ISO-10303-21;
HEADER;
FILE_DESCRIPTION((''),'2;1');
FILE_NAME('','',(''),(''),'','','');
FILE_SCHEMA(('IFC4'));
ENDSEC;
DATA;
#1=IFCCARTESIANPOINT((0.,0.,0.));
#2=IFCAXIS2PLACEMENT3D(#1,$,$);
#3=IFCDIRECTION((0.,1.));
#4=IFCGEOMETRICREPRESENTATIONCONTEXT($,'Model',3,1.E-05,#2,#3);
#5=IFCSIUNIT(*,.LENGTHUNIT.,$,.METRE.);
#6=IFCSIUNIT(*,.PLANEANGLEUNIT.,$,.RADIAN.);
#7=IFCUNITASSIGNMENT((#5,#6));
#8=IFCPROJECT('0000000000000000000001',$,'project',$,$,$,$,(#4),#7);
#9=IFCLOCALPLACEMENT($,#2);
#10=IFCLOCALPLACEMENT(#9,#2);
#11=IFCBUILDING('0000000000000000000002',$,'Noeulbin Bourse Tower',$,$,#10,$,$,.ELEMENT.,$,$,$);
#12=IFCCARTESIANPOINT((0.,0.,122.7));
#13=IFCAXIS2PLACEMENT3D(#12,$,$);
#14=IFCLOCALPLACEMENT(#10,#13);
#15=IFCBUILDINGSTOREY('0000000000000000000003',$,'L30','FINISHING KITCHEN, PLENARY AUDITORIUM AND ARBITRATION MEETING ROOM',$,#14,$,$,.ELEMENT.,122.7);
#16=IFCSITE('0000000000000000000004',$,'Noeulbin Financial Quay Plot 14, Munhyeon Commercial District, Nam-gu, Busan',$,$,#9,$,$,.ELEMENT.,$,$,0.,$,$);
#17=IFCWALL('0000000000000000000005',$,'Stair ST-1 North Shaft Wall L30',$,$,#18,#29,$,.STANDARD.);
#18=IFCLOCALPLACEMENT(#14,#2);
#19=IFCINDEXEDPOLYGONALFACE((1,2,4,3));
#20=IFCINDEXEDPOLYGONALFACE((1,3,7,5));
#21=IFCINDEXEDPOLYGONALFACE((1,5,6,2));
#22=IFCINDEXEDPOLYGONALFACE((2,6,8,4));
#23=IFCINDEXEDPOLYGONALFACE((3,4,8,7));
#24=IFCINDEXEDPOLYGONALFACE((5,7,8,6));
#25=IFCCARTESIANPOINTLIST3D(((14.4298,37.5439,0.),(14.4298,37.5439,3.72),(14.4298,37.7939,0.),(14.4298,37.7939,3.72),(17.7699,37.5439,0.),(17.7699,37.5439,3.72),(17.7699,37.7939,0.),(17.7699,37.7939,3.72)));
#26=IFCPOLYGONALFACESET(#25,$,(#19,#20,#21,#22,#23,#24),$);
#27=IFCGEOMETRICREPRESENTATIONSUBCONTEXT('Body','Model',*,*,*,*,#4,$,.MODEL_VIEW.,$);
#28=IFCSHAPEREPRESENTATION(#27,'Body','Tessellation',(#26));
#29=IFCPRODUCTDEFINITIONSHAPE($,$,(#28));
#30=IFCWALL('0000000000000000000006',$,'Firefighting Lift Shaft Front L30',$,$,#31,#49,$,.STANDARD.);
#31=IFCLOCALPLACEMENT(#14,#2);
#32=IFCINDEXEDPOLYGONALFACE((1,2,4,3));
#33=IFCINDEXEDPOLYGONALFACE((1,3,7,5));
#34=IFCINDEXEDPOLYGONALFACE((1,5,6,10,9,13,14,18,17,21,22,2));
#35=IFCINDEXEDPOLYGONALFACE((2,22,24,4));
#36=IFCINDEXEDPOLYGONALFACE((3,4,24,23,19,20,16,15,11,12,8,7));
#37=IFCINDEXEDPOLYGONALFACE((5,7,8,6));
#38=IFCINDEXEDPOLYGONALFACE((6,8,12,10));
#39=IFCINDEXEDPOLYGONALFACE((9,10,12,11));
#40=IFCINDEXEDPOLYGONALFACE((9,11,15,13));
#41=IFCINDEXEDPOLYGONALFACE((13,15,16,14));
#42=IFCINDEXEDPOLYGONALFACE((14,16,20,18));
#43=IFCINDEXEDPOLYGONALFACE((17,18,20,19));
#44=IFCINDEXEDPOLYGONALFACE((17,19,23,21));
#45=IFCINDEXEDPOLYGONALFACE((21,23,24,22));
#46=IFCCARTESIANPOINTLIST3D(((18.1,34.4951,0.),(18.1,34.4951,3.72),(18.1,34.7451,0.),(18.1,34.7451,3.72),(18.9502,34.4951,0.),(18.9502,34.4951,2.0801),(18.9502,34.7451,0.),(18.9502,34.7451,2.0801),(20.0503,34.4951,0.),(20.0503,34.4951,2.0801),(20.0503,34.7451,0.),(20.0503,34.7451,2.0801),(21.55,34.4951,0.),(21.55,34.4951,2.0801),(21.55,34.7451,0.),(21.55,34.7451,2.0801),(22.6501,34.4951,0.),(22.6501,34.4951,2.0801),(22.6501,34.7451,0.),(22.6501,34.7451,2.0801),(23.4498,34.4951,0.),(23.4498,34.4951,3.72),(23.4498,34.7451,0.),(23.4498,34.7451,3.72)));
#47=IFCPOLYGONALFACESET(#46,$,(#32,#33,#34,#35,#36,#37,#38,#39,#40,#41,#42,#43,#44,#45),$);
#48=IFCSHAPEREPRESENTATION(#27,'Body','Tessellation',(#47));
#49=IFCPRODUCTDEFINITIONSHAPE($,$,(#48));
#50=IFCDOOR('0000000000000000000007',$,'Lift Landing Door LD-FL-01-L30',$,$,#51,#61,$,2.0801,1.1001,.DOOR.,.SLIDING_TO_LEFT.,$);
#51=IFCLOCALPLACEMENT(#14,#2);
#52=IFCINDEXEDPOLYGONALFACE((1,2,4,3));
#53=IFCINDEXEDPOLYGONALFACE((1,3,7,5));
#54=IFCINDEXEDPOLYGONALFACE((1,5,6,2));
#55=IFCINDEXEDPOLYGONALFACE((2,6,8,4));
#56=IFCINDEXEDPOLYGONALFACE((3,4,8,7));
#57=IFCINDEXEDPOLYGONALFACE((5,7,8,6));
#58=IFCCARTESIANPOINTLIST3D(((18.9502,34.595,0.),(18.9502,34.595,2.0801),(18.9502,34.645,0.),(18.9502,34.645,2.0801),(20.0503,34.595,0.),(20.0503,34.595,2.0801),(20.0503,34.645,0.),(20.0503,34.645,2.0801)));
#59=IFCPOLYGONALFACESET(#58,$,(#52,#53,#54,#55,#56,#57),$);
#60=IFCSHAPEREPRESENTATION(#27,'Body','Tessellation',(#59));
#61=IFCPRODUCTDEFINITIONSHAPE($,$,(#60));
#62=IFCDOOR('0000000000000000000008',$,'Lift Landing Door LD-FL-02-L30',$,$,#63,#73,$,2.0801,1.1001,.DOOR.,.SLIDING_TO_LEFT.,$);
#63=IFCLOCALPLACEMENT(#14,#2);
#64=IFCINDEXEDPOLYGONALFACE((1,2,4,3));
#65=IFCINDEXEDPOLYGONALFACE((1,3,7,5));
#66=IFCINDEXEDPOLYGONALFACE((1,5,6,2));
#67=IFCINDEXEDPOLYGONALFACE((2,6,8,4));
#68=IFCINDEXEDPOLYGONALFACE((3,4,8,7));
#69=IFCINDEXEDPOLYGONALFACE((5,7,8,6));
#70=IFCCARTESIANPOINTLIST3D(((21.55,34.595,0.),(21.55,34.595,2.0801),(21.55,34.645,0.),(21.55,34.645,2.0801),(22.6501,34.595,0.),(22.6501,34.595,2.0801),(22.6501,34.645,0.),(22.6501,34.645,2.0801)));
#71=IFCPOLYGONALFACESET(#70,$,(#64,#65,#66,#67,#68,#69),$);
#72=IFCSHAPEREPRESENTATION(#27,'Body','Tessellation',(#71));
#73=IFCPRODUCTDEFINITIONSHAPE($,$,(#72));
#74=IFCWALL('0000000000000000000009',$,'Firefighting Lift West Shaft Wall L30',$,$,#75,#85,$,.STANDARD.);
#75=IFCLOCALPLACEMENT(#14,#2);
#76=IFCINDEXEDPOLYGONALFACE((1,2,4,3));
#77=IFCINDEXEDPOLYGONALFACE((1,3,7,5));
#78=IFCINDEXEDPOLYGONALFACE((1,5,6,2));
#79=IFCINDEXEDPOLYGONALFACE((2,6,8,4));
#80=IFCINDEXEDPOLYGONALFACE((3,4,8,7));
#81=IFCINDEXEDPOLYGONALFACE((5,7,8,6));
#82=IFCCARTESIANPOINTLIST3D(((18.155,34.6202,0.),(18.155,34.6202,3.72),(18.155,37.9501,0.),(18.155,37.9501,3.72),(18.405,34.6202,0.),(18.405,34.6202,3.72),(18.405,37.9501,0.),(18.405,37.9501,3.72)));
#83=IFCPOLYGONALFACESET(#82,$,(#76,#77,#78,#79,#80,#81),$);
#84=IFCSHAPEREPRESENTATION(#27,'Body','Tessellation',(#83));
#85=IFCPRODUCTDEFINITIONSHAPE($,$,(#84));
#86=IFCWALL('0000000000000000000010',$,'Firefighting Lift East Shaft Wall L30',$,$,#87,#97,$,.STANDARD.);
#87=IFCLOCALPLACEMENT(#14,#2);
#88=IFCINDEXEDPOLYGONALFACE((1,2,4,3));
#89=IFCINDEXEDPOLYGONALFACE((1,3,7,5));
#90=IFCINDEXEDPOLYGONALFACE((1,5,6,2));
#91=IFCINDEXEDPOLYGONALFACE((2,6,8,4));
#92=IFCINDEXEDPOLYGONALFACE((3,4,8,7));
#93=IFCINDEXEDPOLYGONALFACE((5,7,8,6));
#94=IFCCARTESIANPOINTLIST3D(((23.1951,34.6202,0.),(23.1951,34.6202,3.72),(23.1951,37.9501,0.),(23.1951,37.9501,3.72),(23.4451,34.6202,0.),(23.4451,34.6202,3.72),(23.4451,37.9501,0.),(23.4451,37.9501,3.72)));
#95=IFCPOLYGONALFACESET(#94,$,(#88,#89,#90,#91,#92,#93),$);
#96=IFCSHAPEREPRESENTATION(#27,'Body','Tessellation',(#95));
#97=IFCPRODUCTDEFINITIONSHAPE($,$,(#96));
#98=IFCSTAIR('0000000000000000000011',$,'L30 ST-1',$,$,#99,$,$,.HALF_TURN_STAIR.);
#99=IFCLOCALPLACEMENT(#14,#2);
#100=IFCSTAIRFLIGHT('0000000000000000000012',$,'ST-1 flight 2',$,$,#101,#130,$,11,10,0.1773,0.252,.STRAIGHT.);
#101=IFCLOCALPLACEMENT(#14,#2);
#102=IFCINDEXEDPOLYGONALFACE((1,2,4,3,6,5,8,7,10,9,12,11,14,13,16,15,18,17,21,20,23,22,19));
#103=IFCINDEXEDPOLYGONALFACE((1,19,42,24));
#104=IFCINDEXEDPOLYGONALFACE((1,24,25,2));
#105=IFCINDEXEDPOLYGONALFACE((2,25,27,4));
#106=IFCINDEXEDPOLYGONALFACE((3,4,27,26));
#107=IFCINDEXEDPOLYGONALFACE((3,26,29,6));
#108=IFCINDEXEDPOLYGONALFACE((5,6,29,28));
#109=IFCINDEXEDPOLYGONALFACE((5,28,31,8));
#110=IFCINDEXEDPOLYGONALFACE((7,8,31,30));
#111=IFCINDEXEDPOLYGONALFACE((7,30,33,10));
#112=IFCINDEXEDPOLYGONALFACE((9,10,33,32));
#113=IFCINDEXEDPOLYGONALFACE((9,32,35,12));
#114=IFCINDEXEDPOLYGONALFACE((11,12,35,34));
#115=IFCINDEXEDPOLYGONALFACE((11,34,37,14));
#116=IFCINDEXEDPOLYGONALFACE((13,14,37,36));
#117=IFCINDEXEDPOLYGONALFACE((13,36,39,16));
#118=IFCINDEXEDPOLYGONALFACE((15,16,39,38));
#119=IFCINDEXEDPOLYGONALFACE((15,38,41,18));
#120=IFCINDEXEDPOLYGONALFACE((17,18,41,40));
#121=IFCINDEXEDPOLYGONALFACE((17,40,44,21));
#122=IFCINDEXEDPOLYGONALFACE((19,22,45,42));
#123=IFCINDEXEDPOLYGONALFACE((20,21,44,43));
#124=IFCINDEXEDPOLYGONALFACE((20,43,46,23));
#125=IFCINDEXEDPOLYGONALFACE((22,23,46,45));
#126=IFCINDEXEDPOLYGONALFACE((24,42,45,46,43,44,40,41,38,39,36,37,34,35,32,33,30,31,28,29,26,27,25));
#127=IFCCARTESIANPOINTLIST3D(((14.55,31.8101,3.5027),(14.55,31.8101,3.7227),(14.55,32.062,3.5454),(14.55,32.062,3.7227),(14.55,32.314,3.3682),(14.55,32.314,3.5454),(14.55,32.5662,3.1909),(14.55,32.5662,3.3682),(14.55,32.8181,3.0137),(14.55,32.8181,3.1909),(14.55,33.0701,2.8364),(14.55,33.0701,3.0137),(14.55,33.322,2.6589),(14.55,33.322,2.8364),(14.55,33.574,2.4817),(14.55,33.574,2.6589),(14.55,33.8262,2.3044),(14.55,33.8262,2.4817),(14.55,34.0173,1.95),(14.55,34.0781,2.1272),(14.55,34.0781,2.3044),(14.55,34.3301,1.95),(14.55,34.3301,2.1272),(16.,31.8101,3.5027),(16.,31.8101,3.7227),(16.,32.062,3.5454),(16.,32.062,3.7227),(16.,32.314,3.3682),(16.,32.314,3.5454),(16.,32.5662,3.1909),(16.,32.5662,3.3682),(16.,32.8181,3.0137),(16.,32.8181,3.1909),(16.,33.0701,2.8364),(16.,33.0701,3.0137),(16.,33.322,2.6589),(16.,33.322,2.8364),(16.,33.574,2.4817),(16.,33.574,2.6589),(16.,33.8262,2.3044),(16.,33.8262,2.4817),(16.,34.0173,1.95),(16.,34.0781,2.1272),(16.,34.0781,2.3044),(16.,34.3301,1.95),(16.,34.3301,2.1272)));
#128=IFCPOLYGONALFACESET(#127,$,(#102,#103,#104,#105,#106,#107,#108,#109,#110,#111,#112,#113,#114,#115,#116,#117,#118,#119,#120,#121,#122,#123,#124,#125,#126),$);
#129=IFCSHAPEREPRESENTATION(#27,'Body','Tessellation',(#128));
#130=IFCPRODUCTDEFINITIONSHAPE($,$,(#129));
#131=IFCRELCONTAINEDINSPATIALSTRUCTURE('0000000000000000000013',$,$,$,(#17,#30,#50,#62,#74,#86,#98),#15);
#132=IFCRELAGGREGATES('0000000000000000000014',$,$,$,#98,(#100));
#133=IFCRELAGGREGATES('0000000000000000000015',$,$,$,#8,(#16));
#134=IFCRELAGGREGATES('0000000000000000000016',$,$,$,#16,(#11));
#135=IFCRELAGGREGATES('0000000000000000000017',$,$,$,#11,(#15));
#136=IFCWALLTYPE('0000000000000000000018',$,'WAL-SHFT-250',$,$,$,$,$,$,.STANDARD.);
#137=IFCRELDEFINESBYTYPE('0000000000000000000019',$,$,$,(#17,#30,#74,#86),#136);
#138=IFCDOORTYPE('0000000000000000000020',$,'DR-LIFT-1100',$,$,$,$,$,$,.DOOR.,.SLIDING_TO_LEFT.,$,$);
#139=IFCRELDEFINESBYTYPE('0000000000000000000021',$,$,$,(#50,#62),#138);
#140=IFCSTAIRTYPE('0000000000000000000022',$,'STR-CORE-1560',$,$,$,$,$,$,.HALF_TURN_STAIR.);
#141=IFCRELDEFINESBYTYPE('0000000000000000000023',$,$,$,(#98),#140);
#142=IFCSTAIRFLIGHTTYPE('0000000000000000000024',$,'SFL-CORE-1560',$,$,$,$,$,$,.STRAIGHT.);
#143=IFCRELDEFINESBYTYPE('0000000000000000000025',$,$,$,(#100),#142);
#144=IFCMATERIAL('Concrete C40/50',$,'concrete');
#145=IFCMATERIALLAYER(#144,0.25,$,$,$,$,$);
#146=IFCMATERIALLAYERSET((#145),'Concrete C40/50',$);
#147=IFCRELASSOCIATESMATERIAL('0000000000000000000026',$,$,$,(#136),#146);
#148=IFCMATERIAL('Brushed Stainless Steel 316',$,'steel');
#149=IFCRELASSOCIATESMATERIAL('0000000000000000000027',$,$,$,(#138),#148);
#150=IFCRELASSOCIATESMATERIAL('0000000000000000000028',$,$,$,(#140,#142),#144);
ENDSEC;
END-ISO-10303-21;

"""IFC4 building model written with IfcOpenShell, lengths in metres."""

from ifc_helpers import new_model, si_unit, direction, frame, frame_2d, origin, place, context, subcontext, project, spatial, polyline, rectangle, outline, extrude, material, layer, layer_set, type_object, element, fill, aggregate, save


model = new_model("IFC4")

# Units and contexts
model_context = context("Model", 3, precision=1e-05, world=origin(), true_north=direction((0.0, 1.0)))
body_context = subcontext(model_context, "Body", "Model", "MODEL_VIEW")
ifc_project = project(units=[si_unit("LENGTHUNIT", "METRE"), si_unit("PLANEANGLEUNIT", "RADIAN")], contexts=[model_context])

# Site, building, storey
site_placement = place(None, origin())
site = spatial("IfcSite", under=ifc_project, at=site_placement, Name="Noeulbin Financial Quay Plot 14, Munhyeon Commercial District, Nam-gu, Busan", CompositionType="ELEMENT", RefElevation=0.0)
building_placement = place(site_placement, origin())
building = spatial("IfcBuilding", under=site, at=building_placement, Name="Noeulbin Bourse Tower", CompositionType="ELEMENT")
storey_placement = place(building_placement, frame((0.0, 0.0, 122.7)))
storey = spatial("IfcBuildingStorey", under=building, at=storey_placement, Name="L30", Description="FINISHING KITCHEN, PLENARY AUDITORIUM AND ARBITRATION MEETING ROOM", CompositionType="ELEMENT", Elevation=122.7)

# Wall
ifc_material_1 = material(Name="Concrete C40/50", Category="concrete")
ifc_layer_1 = layer(ifc_material_1, 0.25)
ifc_layer_set_1 = layer_set([ifc_layer_1], Name="Concrete C40/50")
wall_type_1 = type_object("IfcWallType", Name="WAL-SHFT-250", PredefinedType="STANDARD", material=ifc_layer_set_1)
wall_1_placement = place(storey_placement, frame((14.4299, 37.6689, 0.0), z_axis=(0.0, 0.0, 1.0), x_axis=(1.0, 0.0, 0.0)))
element("IfcWall", 1, at=wall_1_placement, inside=storey, type_object=wall_type_1, Name="Stair ST-1 North Shaft Wall L30", PredefinedType="STANDARD", context=body_context, shape_type="SweptSolid", body=[
    extrude(rectangle(XDim=3.3401, YDim=0.25, at=frame_2d((1.6699, 0.0))), origin(), (0.0, 0.0, 1.0), 3.72),
])

# Wall, openings, doors
wall_2_placement = place(storey_placement, frame((18.1001, 34.6201, 0.0), z_axis=(0.0, 0.0, 1.0), x_axis=(1.0, 0.0, 0.0)))
wall_2 = element("IfcWall", 2, at=wall_2_placement, inside=storey, type_object=wall_type_1, Name="Firefighting Lift Shaft Front L30", PredefinedType="STANDARD", context=body_context, shape_type="SweptSolid", body=[
    extrude(rectangle(XDim=5.3499, YDim=0.25, at=frame_2d((2.6748, 0.0))), origin(), (0.0, 0.0, 1.0), 3.72),
])
opening_1_placement = place(wall_2_placement, frame((0.8501, 0.0, 0.0)))
opening_1 = element("IfcOpeningElement", 3, at=opening_1_placement, cuts=wall_2, PredefinedType="OPENING", context=body_context, shape_type="SweptSolid", body=[
    extrude(rectangle(XDim=1.1001, YDim=2.0801, at=frame_2d((0.55, 1.04))), frame((0.0, 0.135, 0.0), z_axis=(0.0, -1.0, 0.0), x_axis=(1.0, 0.0, 0.0)), (0.0, 0.0, 1.0), 0.27),
])
opening_2_placement = place(wall_2_placement, frame((3.45, 0.0, 0.0)))
opening_2 = element("IfcOpeningElement", 4, at=opening_2_placement, cuts=wall_2, PredefinedType="OPENING", context=body_context, shape_type="SweptSolid", body=[
    extrude(rectangle(XDim=1.1001, YDim=2.0801, at=frame_2d((0.55, 1.04))), frame((0.0, 0.135, 0.0), z_axis=(0.0, -1.0, 0.0), x_axis=(1.0, 0.0, 0.0)), (0.0, 0.0, 1.0), 0.27),
])
ifc_material_2 = material(Name="Brushed Stainless Steel 316", Category="steel")
door_type_1 = type_object("IfcDoorType", Name="DR-LIFT-1100", OperationType="SLIDING_TO_LEFT", PredefinedType="DOOR", material=ifc_material_2)
door_1_placement = place(opening_1_placement, origin())
door_1 = element("IfcDoor", 5, at=door_1_placement, inside=storey, type_object=door_type_1, Name="Lift Landing Door LD-FL-01-L30", OperationType="SLIDING_TO_LEFT", OverallHeight=2.0801, OverallWidth=1.1001, PredefinedType="DOOR", context=body_context, shape_type="SweptSolid", body=[
    extrude(rectangle(XDim=1.1001, YDim=2.0801, at=frame_2d((0.55, 1.04))), frame((0.0, 0.0249, 0.0), z_axis=(0.0, -1.0, 0.0), x_axis=(1.0, 0.0, 0.0)), (0.0, 0.0, 1.0), 0.05),
])
fill(opening_1, door_1)
door_2_placement = place(opening_2_placement, origin())
door_2 = element("IfcDoor", 6, at=door_2_placement, inside=storey, type_object=door_type_1, Name="Lift Landing Door LD-FL-02-L30", OperationType="SLIDING_TO_LEFT", OverallHeight=2.0801, OverallWidth=1.1001, PredefinedType="DOOR", context=body_context, shape_type="SweptSolid", body=[
    extrude(rectangle(XDim=1.1001, YDim=2.0801, at=frame_2d((0.55, 1.04))), frame((0.0, 0.0249, 0.0), z_axis=(0.0, -1.0, 0.0), x_axis=(1.0, 0.0, 0.0)), (0.0, 0.0, 1.0), 0.05),
])
fill(opening_2, door_2)

# Walls
for number, where, z_axis, x_axis, name in (
    (7, (18.28, 34.6201, 0.0), (0.0, 0.0, 1.0), (0.0, 1.0, 0.0), "Firefighting Lift West Shaft Wall L30"),
    (8, (23.3201, 34.6201, 0.0), (0.0, 0.0, 1.0), (0.0, 1.0, 0.0), "Firefighting Lift East Shaft Wall L30"),
):
    element("IfcWall", number, at=place(storey_placement, frame(where, z_axis=z_axis, x_axis=x_axis)), inside=storey, type_object=wall_type_1, Name=name, PredefinedType="STANDARD", context=body_context, shape_type="SweptSolid", body=[
        extrude(rectangle(XDim=3.3298, YDim=0.25, at=frame_2d((1.665, 0.0))), origin(), (0.0, 0.0, 1.0), 3.72),
    ])

# Stair, stair flight
stair_type = type_object("IfcStairType", Name="STR-CORE-1560", PredefinedType="HALF_TURN_STAIR", material=ifc_material_1)
stair_placement = place(storey_placement, origin())
stair = element("IfcStair", 9, at=stair_placement, inside=storey, type_object=stair_type, Name="L30 ST-1", PredefinedType="HALF_TURN_STAIR")
stair_flight_type = type_object("IfcStairFlightType", Name="SFL-CORE-1560", PredefinedType="STRAIGHT", material=ifc_material_1)
stair_flight_placement = place(storey_placement, frame((15.2749, 34.3301, 1.95), z_axis=(0.0, 0.0, 1.0), x_axis=(0.0, -1.0, 0.0)))
stair_flight = element("IfcStairFlight", 10, at=stair_flight_placement, type_object=stair_flight_type, Name="ST-1 flight 2", NumberOfRisers=11, NumberOfTreads=10, PredefinedType="STRAIGHT", RiserHeight=0.1773, TreadLength=0.252, context=body_context, shape_type="SweptSolid", body=[
    extrude(outline(polyline([(0.0, 0.0), (0.0, 0.1772), (0.252, 0.1772), (0.252, 0.3545), (0.5039, 0.3545), (0.5039, 0.5317), (0.7561, 0.5317), (0.7561, 0.709), (1.0081, 0.709), (1.0081, 0.8865), (1.26, 0.8865), (1.26, 1.0637), (1.512, 1.0637), (1.512, 1.241), (1.7639, 1.241), (1.7639, 1.4182), (2.0161, 1.4182), (2.0161, 1.5955), (2.2681, 1.5955), (2.2681, 1.7727), (2.52, 1.7727), (2.52, 1.95), (2.52, 1.5527), (0.3127, 0.0), (0.0, 0.0)])), frame((0.0, 0.7251, 0.0), z_axis=(0.0, -1.0, 0.0), x_axis=(1.0, 0.0, 0.0)), (0.0, 0.0, 1.0), 1.45),
])
aggregate(stair, [stair_flight])

save(model, "model.ifc")
